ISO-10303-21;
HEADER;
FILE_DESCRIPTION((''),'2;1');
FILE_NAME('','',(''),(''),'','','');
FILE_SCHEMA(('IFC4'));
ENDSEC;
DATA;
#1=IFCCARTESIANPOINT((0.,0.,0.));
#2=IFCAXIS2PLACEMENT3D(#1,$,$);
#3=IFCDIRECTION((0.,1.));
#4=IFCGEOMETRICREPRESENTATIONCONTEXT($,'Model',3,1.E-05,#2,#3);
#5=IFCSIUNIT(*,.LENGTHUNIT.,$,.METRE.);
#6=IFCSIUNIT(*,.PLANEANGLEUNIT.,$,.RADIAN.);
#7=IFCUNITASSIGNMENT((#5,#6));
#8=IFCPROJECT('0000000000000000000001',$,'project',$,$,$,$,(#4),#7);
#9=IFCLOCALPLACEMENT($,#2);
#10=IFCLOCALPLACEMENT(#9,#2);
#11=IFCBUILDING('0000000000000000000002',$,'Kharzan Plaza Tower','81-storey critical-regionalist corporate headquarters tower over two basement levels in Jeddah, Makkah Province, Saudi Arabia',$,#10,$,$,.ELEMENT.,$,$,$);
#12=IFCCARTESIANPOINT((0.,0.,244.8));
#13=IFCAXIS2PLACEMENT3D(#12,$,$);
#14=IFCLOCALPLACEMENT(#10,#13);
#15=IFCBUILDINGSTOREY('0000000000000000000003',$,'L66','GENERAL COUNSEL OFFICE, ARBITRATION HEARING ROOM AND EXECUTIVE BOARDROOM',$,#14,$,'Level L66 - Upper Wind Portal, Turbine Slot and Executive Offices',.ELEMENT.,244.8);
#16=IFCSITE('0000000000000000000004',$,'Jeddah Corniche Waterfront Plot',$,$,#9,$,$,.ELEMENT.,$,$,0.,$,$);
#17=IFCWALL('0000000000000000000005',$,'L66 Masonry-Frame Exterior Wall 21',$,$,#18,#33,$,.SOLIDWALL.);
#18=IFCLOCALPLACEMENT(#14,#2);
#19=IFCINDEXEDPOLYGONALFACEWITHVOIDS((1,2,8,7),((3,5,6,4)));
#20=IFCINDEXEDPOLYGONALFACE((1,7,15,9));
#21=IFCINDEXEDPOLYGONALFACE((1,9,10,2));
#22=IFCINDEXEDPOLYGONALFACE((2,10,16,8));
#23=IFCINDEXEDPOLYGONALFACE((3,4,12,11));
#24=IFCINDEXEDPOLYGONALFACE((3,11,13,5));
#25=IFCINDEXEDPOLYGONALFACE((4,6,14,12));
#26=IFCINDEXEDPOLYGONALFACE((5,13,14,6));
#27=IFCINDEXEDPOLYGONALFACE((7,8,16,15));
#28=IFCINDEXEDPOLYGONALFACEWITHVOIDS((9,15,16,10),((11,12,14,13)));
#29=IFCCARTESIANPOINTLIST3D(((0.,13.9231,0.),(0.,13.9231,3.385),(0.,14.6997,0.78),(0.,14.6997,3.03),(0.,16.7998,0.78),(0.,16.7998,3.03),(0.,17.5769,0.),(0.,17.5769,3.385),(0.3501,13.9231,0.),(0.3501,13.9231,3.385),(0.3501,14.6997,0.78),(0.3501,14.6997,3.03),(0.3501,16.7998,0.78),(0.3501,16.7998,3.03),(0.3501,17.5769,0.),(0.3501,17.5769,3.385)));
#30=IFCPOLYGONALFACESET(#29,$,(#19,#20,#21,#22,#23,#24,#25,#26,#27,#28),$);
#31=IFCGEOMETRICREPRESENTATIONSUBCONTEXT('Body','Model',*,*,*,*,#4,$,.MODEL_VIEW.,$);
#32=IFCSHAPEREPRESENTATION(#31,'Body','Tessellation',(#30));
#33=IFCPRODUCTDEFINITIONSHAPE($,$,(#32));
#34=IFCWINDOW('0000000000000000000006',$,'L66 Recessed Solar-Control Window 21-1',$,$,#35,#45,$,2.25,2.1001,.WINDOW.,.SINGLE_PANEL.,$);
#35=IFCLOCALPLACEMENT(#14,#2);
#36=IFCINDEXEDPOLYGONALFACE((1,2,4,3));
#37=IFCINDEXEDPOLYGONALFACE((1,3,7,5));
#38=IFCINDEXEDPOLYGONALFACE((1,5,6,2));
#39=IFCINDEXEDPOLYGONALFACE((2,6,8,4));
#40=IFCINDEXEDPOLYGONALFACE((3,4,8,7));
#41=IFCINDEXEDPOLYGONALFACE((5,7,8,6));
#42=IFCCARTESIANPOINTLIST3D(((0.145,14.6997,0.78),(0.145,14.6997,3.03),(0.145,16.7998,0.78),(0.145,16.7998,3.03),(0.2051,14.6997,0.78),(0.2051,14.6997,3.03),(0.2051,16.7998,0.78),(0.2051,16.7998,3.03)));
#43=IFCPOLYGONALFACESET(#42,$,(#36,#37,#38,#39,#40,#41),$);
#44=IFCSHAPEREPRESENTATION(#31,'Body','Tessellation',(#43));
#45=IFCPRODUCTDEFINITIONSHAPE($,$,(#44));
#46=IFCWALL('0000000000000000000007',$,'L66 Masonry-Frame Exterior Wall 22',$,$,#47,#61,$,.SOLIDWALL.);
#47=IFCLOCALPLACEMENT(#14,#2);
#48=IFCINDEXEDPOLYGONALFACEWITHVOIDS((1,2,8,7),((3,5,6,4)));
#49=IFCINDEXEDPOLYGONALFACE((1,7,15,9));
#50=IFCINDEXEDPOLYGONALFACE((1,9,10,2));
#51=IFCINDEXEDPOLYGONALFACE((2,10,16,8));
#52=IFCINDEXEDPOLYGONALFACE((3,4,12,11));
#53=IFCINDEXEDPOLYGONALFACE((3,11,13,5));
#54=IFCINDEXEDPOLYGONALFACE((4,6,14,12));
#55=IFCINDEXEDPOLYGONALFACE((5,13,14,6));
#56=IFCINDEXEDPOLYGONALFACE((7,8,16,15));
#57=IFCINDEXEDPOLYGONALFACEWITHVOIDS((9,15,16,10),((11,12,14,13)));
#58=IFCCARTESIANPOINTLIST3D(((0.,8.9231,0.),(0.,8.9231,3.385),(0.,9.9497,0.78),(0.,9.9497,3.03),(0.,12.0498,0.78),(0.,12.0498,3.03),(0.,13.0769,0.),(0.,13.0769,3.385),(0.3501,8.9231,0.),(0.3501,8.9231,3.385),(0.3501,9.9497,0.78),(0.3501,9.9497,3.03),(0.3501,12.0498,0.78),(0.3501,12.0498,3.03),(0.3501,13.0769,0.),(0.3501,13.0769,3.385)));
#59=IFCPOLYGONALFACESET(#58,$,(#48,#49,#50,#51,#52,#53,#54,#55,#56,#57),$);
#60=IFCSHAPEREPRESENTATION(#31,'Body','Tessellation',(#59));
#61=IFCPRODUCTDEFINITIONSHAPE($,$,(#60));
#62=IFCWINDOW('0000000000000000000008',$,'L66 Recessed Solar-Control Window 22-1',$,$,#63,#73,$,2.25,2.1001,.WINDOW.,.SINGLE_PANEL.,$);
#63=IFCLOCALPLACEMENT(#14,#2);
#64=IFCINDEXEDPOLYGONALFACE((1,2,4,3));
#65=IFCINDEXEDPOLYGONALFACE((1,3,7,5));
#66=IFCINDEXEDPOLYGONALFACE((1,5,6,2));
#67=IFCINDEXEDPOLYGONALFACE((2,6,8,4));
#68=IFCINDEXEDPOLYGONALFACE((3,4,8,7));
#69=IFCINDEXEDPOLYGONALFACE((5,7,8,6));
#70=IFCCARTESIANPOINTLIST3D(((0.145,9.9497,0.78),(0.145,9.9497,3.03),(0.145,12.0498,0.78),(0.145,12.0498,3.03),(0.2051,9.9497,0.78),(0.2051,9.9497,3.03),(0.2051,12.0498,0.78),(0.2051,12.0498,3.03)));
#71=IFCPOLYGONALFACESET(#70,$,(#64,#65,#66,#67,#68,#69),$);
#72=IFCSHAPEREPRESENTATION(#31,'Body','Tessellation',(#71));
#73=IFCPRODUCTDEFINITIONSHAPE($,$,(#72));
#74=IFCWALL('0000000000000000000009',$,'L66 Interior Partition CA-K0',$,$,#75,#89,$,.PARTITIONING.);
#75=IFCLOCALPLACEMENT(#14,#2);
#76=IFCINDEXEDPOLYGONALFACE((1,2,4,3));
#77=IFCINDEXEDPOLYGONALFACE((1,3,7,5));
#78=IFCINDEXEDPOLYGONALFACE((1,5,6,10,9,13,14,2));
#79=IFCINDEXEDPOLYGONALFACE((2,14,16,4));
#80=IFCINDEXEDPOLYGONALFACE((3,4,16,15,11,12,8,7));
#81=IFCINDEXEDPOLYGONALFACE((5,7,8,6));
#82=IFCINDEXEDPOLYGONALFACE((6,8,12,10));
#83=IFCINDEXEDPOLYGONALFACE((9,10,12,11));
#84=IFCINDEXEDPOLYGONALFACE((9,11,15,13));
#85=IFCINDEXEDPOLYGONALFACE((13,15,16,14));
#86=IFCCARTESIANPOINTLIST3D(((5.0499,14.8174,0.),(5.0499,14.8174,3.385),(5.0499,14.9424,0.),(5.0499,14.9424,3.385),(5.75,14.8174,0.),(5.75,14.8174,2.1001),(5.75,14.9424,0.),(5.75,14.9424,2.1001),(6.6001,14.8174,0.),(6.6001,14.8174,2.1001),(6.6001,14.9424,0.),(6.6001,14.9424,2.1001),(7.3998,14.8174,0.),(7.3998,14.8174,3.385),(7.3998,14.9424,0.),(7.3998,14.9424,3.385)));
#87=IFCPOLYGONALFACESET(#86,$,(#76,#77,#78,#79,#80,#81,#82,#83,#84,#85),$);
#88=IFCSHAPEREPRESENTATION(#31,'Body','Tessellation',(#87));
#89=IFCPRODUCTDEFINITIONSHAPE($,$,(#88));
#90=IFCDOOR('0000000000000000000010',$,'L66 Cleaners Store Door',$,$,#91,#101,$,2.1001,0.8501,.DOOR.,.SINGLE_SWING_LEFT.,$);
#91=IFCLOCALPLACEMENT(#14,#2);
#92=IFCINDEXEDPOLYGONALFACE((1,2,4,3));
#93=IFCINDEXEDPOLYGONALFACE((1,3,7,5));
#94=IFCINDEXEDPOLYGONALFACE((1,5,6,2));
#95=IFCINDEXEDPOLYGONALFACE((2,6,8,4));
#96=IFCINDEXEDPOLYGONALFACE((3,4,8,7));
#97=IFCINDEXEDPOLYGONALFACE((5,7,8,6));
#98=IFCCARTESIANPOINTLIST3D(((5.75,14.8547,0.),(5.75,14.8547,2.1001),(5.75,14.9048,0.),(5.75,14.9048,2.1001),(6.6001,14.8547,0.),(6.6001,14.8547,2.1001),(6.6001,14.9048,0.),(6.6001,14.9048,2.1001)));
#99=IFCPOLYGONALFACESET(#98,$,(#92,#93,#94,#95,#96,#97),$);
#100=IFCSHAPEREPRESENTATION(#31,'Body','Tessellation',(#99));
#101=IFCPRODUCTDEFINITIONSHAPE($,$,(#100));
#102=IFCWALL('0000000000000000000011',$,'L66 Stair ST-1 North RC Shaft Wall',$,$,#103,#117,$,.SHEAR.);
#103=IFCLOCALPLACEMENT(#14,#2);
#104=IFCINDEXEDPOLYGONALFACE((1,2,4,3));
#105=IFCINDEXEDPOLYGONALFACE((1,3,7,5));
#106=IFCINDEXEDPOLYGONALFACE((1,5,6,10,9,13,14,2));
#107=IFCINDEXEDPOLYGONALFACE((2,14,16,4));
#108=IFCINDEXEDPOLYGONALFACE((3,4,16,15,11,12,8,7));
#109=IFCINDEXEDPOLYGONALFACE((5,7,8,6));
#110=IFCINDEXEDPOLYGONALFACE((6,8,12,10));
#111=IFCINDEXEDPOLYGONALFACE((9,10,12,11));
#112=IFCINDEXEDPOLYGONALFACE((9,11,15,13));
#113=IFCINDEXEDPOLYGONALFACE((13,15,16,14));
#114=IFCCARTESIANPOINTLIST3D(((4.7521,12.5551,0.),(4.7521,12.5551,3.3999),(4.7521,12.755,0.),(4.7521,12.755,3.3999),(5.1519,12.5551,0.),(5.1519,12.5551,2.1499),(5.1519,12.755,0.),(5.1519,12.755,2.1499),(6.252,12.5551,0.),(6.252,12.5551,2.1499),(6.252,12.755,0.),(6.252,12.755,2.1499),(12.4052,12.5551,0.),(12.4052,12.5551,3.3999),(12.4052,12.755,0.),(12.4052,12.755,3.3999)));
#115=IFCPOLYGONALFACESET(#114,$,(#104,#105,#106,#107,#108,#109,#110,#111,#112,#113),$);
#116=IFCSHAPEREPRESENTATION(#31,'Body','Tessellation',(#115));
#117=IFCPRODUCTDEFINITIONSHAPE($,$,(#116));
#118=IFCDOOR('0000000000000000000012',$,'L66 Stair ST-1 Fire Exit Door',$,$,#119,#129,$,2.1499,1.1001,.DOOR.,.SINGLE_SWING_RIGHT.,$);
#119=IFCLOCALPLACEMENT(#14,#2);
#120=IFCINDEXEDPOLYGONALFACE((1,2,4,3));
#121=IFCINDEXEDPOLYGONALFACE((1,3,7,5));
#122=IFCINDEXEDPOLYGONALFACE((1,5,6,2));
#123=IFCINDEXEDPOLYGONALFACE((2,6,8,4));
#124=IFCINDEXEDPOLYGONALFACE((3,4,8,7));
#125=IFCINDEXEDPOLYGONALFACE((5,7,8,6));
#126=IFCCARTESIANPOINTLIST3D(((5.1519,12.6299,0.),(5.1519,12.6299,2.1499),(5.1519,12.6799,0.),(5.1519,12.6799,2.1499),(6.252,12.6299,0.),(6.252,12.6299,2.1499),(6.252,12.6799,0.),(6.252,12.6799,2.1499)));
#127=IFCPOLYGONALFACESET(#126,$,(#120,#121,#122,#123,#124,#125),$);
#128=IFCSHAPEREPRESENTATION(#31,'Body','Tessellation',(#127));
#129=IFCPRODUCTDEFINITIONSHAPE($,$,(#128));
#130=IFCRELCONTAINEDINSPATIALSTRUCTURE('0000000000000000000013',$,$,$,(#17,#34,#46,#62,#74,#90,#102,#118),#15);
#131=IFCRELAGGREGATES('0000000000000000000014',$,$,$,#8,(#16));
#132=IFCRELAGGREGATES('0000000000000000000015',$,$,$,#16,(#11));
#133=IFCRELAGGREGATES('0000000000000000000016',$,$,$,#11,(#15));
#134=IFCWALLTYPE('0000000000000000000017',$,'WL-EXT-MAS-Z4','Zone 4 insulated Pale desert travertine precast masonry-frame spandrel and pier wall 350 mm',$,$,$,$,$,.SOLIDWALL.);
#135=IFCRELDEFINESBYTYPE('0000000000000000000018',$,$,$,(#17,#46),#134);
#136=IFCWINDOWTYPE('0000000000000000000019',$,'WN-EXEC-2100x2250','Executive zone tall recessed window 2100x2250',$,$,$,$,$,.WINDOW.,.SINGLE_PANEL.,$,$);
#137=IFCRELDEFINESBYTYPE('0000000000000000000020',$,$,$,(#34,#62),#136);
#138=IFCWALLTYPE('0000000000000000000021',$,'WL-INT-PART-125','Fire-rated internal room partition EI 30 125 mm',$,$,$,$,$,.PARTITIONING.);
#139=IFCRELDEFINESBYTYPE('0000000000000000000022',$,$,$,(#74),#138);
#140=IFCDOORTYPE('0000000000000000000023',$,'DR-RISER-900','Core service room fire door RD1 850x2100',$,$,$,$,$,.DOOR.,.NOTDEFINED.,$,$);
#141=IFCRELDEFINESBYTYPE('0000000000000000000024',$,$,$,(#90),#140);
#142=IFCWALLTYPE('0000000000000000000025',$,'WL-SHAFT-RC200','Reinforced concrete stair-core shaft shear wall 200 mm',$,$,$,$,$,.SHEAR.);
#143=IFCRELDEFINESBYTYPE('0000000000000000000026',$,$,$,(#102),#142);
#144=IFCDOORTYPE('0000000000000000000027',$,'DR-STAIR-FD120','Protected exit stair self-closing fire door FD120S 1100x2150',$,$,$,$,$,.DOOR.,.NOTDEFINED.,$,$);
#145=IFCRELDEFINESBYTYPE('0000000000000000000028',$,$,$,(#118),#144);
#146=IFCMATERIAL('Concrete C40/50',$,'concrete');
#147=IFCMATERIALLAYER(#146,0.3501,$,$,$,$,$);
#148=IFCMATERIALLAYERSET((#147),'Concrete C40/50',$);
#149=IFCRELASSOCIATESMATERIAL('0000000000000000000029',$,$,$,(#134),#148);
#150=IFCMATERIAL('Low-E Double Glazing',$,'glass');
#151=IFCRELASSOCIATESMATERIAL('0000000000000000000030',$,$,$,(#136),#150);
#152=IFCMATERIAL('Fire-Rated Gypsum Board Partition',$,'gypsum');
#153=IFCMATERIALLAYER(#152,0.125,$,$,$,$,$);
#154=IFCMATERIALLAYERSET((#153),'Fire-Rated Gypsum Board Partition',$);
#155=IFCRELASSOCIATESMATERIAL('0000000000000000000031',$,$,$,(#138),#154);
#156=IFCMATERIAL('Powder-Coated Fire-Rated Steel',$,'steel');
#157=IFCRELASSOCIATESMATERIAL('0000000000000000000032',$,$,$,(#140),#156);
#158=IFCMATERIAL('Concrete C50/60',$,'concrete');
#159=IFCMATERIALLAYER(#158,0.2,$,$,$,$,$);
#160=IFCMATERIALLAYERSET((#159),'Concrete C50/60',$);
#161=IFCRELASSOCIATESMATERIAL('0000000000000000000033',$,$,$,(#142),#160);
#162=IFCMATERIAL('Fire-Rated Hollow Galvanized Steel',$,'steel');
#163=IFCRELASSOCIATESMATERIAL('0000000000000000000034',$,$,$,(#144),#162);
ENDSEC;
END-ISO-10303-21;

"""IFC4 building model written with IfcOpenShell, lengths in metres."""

from ifc_helpers import new_model, si_unit, direction, frame, frame_2d, origin, place, context, subcontext, project, spatial, rectangle, extrude, source, transform, mapped, material, layer, layer_set, type_object, element, fill, save


model = new_model("IFC4")

# Units and contexts
model_context = context("Model", 3, precision=1e-05, world=origin(), true_north=direction((0.0, 1.0)))
body_context = subcontext(model_context, "Body", "Model", "MODEL_VIEW")
ifc_project = project(units=[si_unit("LENGTHUNIT", "METRE"), si_unit("PLANEANGLEUNIT", "RADIAN")], contexts=[model_context])

# Site, building, storey
site_placement = place(None, origin())
site = spatial("IfcSite", under=ifc_project, at=site_placement, Name="Jeddah Corniche Waterfront Plot", CompositionType="ELEMENT", RefElevation=0.0)
building_placement = place(site_placement, origin())
building = spatial("IfcBuilding", under=site, at=building_placement, Name="Kharzan Plaza Tower", Description="81-storey critical-regionalist corporate headquarters tower over two basement levels in Jeddah, Makkah Province, Saudi Arabia", CompositionType="ELEMENT")
storey_placement = place(building_placement, frame((0.0, 0.0, 244.8)))
storey = spatial("IfcBuildingStorey", under=building, at=storey_placement, Name="L66", Description="GENERAL COUNSEL OFFICE, ARBITRATION HEARING ROOM AND EXECUTIVE BOARDROOM", LongName="Level L66 - Upper Wind Portal, Turbine Slot and Executive Offices", CompositionType="ELEMENT", Elevation=244.8)

# Shared definitions
ifc_material_1 = material(Name="Concrete C50/60", Category="concrete")

# Walls, openings, windows
ifc_material_2 = material(Name="Concrete C40/50", Category="concrete")
ifc_layer_1 = layer(ifc_material_2, 0.3501)
ifc_layer_set_1 = layer_set([ifc_layer_1], Name="Concrete C40/50")
wall_type_1 = type_object("IfcWallType", Name="WL-EXT-MAS-Z4", Description="Zone 4 insulated Pale desert travertine precast masonry-frame spandrel and pier wall 350 mm", PredefinedType="SOLIDWALL", material=ifc_layer_set_1)
wall_1_placement = place(storey_placement, frame((0.175, 17.5769, 0.0), z_axis=(0.0, 0.0, 1.0), x_axis=(0.0, -1.0, 0.0)))
wall_1 = element("IfcWall", 1, at=wall_1_placement, inside=storey, type_object=wall_type_1, Name="L66 Masonry-Frame Exterior Wall 21", PredefinedType="SOLIDWALL", context=body_context, shape_type="SweptSolid", body=[
    extrude(rectangle(XDim=3.6538, YDim=0.3501, at=frame_2d((1.8269, 0.0))), origin(), (0.0, 0.0, 1.0), 3.385),
])
opening_1_placement = place(wall_1_placement, frame((0.7771, 0.0, 0.78)))
opening_1 = element("IfcOpeningElement", 2, at=opening_1_placement, cuts=wall_1, PredefinedType="OPENING", context=body_context, shape_type="SweptSolid", body=[
    extrude(rectangle(XDim=2.1001, YDim=2.25, at=frame_2d((1.05, 1.125))), frame((0.0, 0.1851, 0.0), z_axis=(0.0, -1.0, 0.0), x_axis=(1.0, 0.0, 0.0)), (0.0, 0.0, 1.0), 0.3701),
])
ifc_material_3 = material(Name="Low-E Double Glazing", Category="glass")
window_type = type_object("IfcWindowType", Name="WN-EXEC-2100x2250", Description="Executive zone tall recessed window 2100x2250", PartitioningType="SINGLE_PANEL", PredefinedType="WINDOW", material=ifc_material_3)
shared_shape_1 = source(origin(), body_context, "Body", "SweptSolid", [
    extrude(rectangle(XDim=2.1001, YDim=2.25, at=frame_2d((1.05, 1.125))), frame((0.0, 0.03, 0.0), z_axis=(0.0, -1.0, 0.0), x_axis=(1.0, 0.0, 0.0)), (0.0, 0.0, 1.0), 0.0601),
])
window_1_placement = place(opening_1_placement, origin())
window_1 = element("IfcWindow", 3, at=window_1_placement, inside=storey, type_object=window_type, Name="L66 Recessed Solar-Control Window 21-1", OverallHeight=2.25, OverallWidth=2.1001, PartitioningType="SINGLE_PANEL", PredefinedType="WINDOW", context=body_context, shape_type="MappedRepresentation", body=[
    mapped(shared_shape_1, transform((0.0, 0.0, 0.0), x_axis=(1.0, 0.0, 0.0), y_axis=(0.0, 1.0, 0.0), z_axis=(0.0, 0.0, 1.0))),
])
fill(opening_1, window_1)
wall_2_placement = place(storey_placement, frame((0.175, 13.0769, 0.0), z_axis=(0.0, 0.0, 1.0), x_axis=(0.0, -1.0, 0.0)))
wall_2 = element("IfcWall", 4, at=wall_2_placement, inside=storey, type_object=wall_type_1, Name="L66 Masonry-Frame Exterior Wall 22", PredefinedType="SOLIDWALL", context=body_context, shape_type="SweptSolid", body=[
    extrude(rectangle(XDim=4.1538, YDim=0.3501, at=frame_2d((2.0769, 0.0))), origin(), (0.0, 0.0, 1.0), 3.385),
])
opening_2_placement = place(wall_2_placement, frame((1.0271, 0.0, 0.78)))
opening_2 = element("IfcOpeningElement", 5, at=opening_2_placement, cuts=wall_2, PredefinedType="OPENING", context=body_context, shape_type="SweptSolid", body=[
    extrude(rectangle(XDim=2.1001, YDim=2.25, at=frame_2d((1.05, 1.125))), frame((0.0, 0.1851, 0.0), z_axis=(0.0, -1.0, 0.0), x_axis=(1.0, 0.0, 0.0)), (0.0, 0.0, 1.0), 0.3701),
])
window_2_placement = place(opening_2_placement, origin())
window_2 = element("IfcWindow", 6, at=window_2_placement, inside=storey, type_object=window_type, Name="L66 Recessed Solar-Control Window 22-1", OverallHeight=2.25, OverallWidth=2.1001, PartitioningType="SINGLE_PANEL", PredefinedType="WINDOW", context=body_context, shape_type="MappedRepresentation", body=[
    mapped(shared_shape_1, transform((0.0, 0.0, 0.0), x_axis=(1.0, 0.0, 0.0), y_axis=(0.0, 1.0, 0.0), z_axis=(0.0, 0.0, 1.0))),
])
fill(opening_2, window_2)

# Walls, openings, doors
ifc_material_4 = material(Name="Fire-Rated Gypsum Board Partition", Category="gypsum")
ifc_layer_2 = layer(ifc_material_4, 0.125)
ifc_layer_set_2 = layer_set([ifc_layer_2], Name="Fire-Rated Gypsum Board Partition")
wall_type_2 = type_object("IfcWallType", Name="WL-INT-PART-125", Description="Fire-rated internal room partition EI 30 125 mm", PredefinedType="PARTITIONING", material=ifc_layer_set_2)
wall_3_placement = place(storey_placement, frame((5.05, 14.8799, 0.0), z_axis=(0.0, 0.0, 1.0), x_axis=(1.0, 0.0, 0.0)))
wall_3 = element("IfcWall", 7, at=wall_3_placement, inside=storey, type_object=wall_type_2, Name="L66 Interior Partition CA-K0", PredefinedType="PARTITIONING", context=body_context, shape_type="SweptSolid", body=[
    extrude(rectangle(XDim=2.3499, YDim=0.125, at=frame_2d((1.1748, 0.0))), origin(), (0.0, 0.0, 1.0), 3.385),
])
opening_3_placement = place(wall_3_placement, frame((0.7, 0.0, 0.0)))
opening_3 = element("IfcOpeningElement", 8, at=opening_3_placement, cuts=wall_3, PredefinedType="OPENING", context=body_context, shape_type="SweptSolid", body=[
    extrude(rectangle(XDim=0.8501, YDim=2.1001, at=frame_2d((0.425, 1.05))), frame((0.0, 0.0725, 0.0), z_axis=(0.0, -1.0, 0.0), x_axis=(1.0, 0.0, 0.0)), (0.0, 0.0, 1.0), 0.145),
])
ifc_material_5 = material(Name="Powder-Coated Fire-Rated Steel", Category="steel")
door_type_1 = type_object("IfcDoorType", Name="DR-RISER-900", Description="Core service room fire door RD1 850x2100", OperationType="NOTDEFINED", PredefinedType="DOOR", material=ifc_material_5)
shared_shape_2 = source(origin(), body_context, "Body", "SweptSolid", [
    extrude(rectangle(XDim=0.8501, YDim=2.1001, at=frame_2d((0.425, 1.05))), frame((0.0, 0.0249, 0.0), z_axis=(0.0, -1.0, 0.0), x_axis=(1.0, 0.0, 0.0)), (0.0, 0.0, 1.0), 0.05),
])
door_1_placement = place(opening_3_placement, origin())
door_1 = element("IfcDoor", 9, at=door_1_placement, inside=storey, type_object=door_type_1, Name="L66 Cleaners Store Door", OperationType="SINGLE_SWING_LEFT", OverallHeight=2.1001, OverallWidth=0.8501, PredefinedType="DOOR", context=body_context, shape_type="MappedRepresentation", body=[
    mapped(shared_shape_2, transform((0.0, 0.0, 0.0), x_axis=(1.0, 0.0, 0.0), y_axis=(0.0, 1.0, 0.0), z_axis=(0.0, 0.0, 1.0))),
])
fill(opening_3, door_1)
ifc_layer_3 = layer(ifc_material_1, 0.2)
ifc_layer_set_3 = layer_set([ifc_layer_3], Name="Concrete C50/60")
wall_type_3 = type_object("IfcWallType", Name="WL-SHAFT-RC200", Description="Reinforced concrete stair-core shaft shear wall 200 mm", PredefinedType="SHEAR", material=ifc_layer_set_3)
wall_4_placement = place(storey_placement, frame((4.752, 12.655, 0.0), z_axis=(0.0, 0.0, 1.0), x_axis=(1.0, 0.0, 0.0)))
wall_4 = element("IfcWall", 10, at=wall_4_placement, inside=storey, type_object=wall_type_3, Name="L66 Stair ST-1 North RC Shaft Wall", PredefinedType="SHEAR", context=body_context, shape_type="SweptSolid", body=[
    extrude(rectangle(XDim=7.6531, YDim=0.2, at=frame_2d((3.8267, 0.0))), origin(), (0.0, 0.0, 1.0), 3.3999),
])
opening_4_placement = place(wall_4_placement, frame((0.3999, 0.0, 0.0)))
opening_4 = element("IfcOpeningElement", 11, at=opening_4_placement, cuts=wall_4, PredefinedType="OPENING", context=body_context, shape_type="SweptSolid", body=[
    extrude(rectangle(XDim=1.1001, YDim=2.1499, at=frame_2d((0.55, 1.075))), frame((0.0, 0.1099, 0.0), z_axis=(0.0, -1.0, 0.0), x_axis=(1.0, 0.0, 0.0)), (0.0, 0.0, 1.0), 0.22),
])
ifc_material_6 = material(Name="Fire-Rated Hollow Galvanized Steel", Category="steel")
door_type_2 = type_object("IfcDoorType", Name="DR-STAIR-FD120", Description="Protected exit stair self-closing fire door FD120S 1100x2150", OperationType="NOTDEFINED", PredefinedType="DOOR", material=ifc_material_6)
shared_shape_3 = source(origin(), body_context, "Body", "SweptSolid", [
    extrude(rectangle(XDim=1.1001, YDim=2.1499, at=frame_2d((0.55, 1.075))), frame((0.0, 0.0249, 0.0), z_axis=(0.0, -1.0, 0.0), x_axis=(1.0, 0.0, 0.0)), (0.0, 0.0, 1.0), 0.05),
])
door_2_placement = place(opening_4_placement, origin())
door_2 = element("IfcDoor", 12, at=door_2_placement, inside=storey, type_object=door_type_2, Name="L66 Stair ST-1 Fire Exit Door", OperationType="SINGLE_SWING_RIGHT", OverallHeight=2.1499, OverallWidth=1.1001, PredefinedType="DOOR", context=body_context, shape_type="MappedRepresentation", body=[
    mapped(shared_shape_3, transform((0.0, 0.0, 0.0), x_axis=(1.0, 0.0, 0.0), y_axis=(0.0, 1.0, 0.0), z_axis=(0.0, 0.0, 1.0))),
])
fill(opening_4, door_2)

save(model, "model.ifc")
